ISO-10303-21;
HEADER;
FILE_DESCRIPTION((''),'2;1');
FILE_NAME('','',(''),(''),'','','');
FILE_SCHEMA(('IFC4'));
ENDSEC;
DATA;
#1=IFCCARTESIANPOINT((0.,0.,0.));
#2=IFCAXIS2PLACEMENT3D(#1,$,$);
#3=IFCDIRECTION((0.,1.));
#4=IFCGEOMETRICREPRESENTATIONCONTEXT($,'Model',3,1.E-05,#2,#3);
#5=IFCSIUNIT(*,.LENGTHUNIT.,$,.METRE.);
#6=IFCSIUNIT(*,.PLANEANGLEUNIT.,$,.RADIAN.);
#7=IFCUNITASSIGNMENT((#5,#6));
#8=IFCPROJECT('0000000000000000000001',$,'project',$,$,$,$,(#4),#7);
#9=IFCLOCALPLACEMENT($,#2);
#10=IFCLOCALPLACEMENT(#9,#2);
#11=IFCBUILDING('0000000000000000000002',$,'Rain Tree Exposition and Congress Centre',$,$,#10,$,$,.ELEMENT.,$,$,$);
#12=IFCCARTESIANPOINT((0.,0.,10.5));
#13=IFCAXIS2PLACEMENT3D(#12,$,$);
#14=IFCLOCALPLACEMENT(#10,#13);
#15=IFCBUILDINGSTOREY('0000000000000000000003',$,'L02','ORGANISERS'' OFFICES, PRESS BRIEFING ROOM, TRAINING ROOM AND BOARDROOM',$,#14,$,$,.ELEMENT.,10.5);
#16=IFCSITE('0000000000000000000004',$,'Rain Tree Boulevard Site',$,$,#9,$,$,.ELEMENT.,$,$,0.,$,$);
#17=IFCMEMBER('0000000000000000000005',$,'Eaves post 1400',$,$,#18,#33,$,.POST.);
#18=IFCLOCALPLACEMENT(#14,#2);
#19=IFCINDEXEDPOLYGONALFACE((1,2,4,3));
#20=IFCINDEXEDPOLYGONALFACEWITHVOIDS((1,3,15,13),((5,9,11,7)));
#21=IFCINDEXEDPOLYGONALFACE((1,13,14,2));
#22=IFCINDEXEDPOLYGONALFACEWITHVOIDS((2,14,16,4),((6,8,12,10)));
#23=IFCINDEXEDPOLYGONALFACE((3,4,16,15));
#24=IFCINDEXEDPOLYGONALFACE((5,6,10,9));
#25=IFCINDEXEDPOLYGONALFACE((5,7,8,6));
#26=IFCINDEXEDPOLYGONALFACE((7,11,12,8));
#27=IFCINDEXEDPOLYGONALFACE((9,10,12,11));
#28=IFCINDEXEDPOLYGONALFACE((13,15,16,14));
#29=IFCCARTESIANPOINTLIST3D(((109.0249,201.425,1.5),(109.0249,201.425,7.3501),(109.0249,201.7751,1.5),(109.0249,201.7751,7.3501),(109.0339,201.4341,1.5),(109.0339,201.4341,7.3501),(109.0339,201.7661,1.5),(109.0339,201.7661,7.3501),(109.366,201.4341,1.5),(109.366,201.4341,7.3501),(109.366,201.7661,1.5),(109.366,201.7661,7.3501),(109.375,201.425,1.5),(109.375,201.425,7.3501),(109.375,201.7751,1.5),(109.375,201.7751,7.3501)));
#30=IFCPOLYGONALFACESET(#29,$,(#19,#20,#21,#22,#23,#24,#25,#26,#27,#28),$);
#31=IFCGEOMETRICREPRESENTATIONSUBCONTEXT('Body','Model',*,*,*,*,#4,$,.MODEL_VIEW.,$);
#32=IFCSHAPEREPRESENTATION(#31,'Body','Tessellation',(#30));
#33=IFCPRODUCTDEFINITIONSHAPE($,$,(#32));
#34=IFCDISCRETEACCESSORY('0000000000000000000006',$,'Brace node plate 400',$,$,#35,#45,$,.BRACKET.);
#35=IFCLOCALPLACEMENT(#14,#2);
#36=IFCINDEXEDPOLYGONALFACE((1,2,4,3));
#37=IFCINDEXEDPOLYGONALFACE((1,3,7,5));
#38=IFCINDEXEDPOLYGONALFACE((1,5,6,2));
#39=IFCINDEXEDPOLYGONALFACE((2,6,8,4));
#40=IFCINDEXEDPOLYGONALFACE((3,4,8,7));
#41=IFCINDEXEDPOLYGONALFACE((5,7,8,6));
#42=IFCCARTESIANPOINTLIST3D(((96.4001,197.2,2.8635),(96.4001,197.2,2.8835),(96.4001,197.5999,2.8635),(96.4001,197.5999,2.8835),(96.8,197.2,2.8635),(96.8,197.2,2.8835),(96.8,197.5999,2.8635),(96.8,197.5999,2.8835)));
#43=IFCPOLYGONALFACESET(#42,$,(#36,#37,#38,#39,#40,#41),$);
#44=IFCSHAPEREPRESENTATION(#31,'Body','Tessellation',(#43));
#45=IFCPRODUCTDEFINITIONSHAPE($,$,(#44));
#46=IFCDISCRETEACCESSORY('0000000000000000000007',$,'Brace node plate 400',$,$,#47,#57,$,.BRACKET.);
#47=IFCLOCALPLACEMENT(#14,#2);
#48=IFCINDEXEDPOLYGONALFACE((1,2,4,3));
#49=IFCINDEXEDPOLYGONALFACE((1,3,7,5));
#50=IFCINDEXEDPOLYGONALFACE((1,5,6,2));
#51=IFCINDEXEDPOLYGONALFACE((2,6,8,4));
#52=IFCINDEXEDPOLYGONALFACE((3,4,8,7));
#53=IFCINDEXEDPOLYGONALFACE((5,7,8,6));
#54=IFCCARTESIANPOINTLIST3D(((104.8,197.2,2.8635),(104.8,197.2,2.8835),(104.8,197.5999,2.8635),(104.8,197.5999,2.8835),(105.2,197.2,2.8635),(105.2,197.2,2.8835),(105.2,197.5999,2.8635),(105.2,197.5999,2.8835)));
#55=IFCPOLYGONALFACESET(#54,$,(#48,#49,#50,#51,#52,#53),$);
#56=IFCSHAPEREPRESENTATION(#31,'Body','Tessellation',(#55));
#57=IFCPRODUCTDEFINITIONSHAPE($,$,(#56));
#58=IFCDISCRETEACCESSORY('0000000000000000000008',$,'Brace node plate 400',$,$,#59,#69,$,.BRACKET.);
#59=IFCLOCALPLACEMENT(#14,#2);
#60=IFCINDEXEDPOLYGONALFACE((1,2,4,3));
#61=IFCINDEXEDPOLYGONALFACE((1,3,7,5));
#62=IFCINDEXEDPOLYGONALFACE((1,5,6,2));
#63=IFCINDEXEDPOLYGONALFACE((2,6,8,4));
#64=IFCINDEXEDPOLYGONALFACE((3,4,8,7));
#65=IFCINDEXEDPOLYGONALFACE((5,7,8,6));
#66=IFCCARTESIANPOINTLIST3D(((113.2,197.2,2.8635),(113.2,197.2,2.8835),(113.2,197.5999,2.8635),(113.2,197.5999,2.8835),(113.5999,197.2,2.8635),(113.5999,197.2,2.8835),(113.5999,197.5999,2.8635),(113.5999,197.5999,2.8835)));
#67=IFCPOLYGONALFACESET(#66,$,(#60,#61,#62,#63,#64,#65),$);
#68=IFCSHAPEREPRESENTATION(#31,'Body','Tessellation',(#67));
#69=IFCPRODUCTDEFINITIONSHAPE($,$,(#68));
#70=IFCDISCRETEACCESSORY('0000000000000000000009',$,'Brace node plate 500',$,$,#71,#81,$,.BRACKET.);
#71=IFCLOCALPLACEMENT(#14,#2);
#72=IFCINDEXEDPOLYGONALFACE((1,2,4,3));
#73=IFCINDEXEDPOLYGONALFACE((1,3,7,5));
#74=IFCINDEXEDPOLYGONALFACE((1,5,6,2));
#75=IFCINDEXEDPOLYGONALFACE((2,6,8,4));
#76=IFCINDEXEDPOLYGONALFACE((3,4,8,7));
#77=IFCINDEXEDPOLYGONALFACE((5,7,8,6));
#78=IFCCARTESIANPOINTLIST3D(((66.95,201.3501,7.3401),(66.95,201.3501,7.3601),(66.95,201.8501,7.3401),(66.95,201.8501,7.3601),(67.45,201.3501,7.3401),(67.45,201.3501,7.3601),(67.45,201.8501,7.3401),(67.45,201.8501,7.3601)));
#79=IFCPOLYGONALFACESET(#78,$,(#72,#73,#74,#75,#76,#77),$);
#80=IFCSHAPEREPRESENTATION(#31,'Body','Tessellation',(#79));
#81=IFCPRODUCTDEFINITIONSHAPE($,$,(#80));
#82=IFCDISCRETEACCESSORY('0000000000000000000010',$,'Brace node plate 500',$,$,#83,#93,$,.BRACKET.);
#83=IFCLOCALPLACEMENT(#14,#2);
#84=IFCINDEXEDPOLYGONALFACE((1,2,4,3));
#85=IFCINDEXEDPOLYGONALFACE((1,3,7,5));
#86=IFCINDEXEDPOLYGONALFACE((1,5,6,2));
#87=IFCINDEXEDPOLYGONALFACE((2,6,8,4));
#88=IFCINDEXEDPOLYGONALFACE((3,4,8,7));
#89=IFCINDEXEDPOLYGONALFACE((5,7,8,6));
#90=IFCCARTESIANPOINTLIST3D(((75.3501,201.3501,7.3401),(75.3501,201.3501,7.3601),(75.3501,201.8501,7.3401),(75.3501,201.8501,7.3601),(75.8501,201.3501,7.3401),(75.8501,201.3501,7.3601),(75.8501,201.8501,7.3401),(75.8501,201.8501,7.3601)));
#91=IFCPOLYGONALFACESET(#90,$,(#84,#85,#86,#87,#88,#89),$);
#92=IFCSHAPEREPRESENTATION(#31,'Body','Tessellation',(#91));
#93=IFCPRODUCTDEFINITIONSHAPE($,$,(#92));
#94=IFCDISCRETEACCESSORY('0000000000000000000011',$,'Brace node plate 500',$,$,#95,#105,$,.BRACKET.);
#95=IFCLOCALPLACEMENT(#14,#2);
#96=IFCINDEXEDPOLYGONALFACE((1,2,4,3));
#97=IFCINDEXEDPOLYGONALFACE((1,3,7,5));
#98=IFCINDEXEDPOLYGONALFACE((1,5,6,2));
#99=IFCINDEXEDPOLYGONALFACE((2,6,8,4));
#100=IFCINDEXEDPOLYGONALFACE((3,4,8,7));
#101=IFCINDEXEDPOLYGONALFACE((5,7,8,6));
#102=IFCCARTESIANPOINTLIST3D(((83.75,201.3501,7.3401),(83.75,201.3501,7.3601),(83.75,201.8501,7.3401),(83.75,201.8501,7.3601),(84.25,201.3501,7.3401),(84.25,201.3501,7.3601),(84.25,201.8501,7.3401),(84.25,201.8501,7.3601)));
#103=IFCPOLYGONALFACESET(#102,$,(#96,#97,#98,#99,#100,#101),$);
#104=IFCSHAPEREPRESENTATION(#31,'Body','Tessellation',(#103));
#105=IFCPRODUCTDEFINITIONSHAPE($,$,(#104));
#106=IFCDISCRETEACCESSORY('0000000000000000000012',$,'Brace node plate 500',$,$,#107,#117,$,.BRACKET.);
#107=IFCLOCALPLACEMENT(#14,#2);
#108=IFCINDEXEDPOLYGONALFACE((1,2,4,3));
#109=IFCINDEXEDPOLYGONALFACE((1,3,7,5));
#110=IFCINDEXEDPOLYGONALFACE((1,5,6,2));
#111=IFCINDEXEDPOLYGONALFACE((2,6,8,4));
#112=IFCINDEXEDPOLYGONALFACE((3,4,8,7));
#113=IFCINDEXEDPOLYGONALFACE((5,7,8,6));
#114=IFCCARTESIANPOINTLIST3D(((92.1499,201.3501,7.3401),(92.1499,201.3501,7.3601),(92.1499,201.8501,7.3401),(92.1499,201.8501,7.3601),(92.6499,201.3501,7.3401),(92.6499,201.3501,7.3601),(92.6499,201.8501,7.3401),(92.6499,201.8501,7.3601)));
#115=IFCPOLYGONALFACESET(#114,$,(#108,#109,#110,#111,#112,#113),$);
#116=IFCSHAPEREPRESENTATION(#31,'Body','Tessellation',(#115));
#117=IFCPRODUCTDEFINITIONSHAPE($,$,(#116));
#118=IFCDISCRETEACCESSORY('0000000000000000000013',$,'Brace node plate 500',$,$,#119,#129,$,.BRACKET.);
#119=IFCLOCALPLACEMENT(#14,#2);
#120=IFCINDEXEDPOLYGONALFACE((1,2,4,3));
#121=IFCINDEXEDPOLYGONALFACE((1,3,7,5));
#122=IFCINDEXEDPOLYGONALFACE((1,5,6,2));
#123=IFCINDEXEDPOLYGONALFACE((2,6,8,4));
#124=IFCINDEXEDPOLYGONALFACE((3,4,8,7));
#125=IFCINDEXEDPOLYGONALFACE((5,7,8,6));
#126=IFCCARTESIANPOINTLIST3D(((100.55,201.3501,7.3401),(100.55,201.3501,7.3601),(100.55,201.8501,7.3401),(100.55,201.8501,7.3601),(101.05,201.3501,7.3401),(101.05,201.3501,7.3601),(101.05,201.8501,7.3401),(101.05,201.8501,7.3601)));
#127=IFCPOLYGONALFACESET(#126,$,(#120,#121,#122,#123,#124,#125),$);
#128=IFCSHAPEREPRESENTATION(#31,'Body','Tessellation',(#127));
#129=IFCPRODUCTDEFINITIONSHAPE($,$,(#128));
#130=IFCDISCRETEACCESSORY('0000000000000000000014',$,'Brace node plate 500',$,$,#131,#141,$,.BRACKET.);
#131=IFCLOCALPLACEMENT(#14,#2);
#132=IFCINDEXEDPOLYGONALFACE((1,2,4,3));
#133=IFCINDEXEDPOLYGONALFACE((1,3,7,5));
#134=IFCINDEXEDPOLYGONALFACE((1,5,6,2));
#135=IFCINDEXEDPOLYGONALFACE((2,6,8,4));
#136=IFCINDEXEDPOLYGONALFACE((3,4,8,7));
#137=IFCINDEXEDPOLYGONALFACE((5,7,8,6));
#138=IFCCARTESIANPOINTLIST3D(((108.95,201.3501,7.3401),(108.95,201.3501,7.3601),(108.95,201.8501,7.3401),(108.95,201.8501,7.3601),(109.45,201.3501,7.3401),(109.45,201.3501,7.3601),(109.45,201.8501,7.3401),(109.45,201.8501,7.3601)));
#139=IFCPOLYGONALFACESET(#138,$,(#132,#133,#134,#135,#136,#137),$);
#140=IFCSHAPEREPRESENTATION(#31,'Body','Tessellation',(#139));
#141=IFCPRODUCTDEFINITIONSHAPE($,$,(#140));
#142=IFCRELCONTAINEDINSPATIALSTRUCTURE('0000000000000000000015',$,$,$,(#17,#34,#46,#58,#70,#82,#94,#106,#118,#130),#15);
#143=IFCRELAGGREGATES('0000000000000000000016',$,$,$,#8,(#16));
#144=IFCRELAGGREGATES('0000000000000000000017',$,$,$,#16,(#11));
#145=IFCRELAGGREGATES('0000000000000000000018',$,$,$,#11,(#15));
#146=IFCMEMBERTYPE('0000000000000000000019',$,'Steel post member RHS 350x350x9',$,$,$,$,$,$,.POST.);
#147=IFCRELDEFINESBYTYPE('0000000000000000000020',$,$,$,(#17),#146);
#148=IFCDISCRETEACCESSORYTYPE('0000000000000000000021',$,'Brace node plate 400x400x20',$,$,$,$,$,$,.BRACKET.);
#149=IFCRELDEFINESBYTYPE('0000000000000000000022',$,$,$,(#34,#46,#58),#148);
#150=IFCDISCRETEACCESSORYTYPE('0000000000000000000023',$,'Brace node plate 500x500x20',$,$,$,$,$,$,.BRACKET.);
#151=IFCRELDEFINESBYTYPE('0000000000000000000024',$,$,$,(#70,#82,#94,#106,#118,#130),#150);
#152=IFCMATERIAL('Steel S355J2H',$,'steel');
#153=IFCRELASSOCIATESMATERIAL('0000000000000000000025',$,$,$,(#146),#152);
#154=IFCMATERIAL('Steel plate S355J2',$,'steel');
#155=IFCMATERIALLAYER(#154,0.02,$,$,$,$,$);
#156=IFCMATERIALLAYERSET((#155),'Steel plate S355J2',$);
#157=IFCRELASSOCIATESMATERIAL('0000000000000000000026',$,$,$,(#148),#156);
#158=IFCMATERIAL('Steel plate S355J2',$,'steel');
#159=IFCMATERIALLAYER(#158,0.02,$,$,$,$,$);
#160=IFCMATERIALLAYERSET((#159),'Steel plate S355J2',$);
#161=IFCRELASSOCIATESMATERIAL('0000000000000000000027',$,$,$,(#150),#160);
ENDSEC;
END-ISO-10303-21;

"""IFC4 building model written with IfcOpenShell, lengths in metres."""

from ifc_helpers import new_model, si_unit, direction, frame, origin, origin_2d, place, context, subcontext, project, spatial, rectangle, hollow_rectangle, extrude, material, layer, layer_set, material_profile, profile_set, type_object, element, save


model = new_model("IFC4")

# Units and contexts
model_context = context("Model", 3, precision=1e-05, world=origin(), true_north=direction((0.0, 1.0)))
body_context = subcontext(model_context, "Body", "Model", "MODEL_VIEW")
ifc_project = project(units=[si_unit("LENGTHUNIT", "METRE"), si_unit("PLANEANGLEUNIT", "RADIAN")], contexts=[model_context])

# Site, building, storey
site_placement = place(None, origin())
site = spatial("IfcSite", under=ifc_project, at=site_placement, Name="Rain Tree Boulevard Site", CompositionType="ELEMENT", RefElevation=0.0)
building_placement = place(site_placement, origin())
building = spatial("IfcBuilding", under=site, at=building_placement, Name="Rain Tree Exposition and Congress Centre", CompositionType="ELEMENT")
storey_placement = place(building_placement, frame((0.0, 0.0, 10.5)))
storey = spatial("IfcBuildingStorey", under=building, at=storey_placement, Name="L02", Description="ORGANISERS' OFFICES, PRESS BRIEFING ROOM, TRAINING ROOM AND BOARDROOM", CompositionType="ELEMENT", Elevation=10.5)

# Member
ifc_material_1 = material(Name="Steel S355J2H", Category="steel")
ifc_material_profile_1 = material_profile(ifc_material_1, hollow_rectangle(XDim=0.3501, YDim=0.3501, WallThickness=0.009, at=origin_2d()), Name="RHS 350x350x9")
ifc_profile_set_1 = profile_set([ifc_material_profile_1], Name="Steel S355J2H")
member_type_1 = type_object("IfcMemberType", Name="Steel post member RHS 350x350x9", PredefinedType="POST", material=ifc_profile_set_1)
for number, where, z_axis, x_axis, name in (
    (1, (109.2, 201.6001, 1.5), (0.0, 0.0, 1.0), (1.0, 0.0, 0.0), "Eaves post 1400"),
):
    element("IfcMember", number, at=place(storey_placement, frame(where, z_axis=z_axis, x_axis=x_axis)), inside=storey, type_object=member_type_1, Name=name, PredefinedType="POST", context=body_context, shape_type="SweptSolid", body=[
        extrude(hollow_rectangle(XDim=0.3501, YDim=0.3501, WallThickness=0.009, at=origin_2d()), origin(), (0.0, 0.0, 1.0), 5.8501),
    ])

# Discrete accessories
ifc_material_2 = material(Name="Steel plate S355J2", Category="steel")
ifc_layer_1 = layer(ifc_material_2, 0.02)
ifc_layer_set_1 = layer_set([ifc_layer_1], Name="Steel plate S355J2")
discrete_accessory_type_1 = type_object("IfcDiscreteAccessoryType", Name="Brace node plate 400x400x20", PredefinedType="BRACKET", material=ifc_layer_set_1)
for number, where, z_axis, x_axis, name in (
    (2, (96.6001, 197.3999, 2.8635), (0.0, 0.0, 1.0), (1.0, 0.0, 0.0), "Brace node plate 400"),
    (3, (105.0, 197.3999, 2.8635), (0.0, 0.0, 1.0), (1.0, 0.0, 0.0), "Brace node plate 400"),
    (4, (113.3999, 197.3999, 2.8635), (0.0, 0.0, 1.0), (1.0, 0.0, 0.0), "Brace node plate 400"),
):
    element("IfcDiscreteAccessory", number, at=place(storey_placement, frame(where, z_axis=z_axis, x_axis=x_axis)), inside=storey, type_object=discrete_accessory_type_1, Name=name, PredefinedType="BRACKET", context=body_context, shape_type="SweptSolid", body=[
        extrude(rectangle(XDim=0.3999, YDim=0.3999, at=origin_2d()), origin(), (0.0, 0.0, 1.0), 0.02),
    ])
ifc_material_3 = material(Name="Steel plate S355J2", Category="steel")
ifc_layer_2 = layer(ifc_material_3, 0.02)
ifc_layer_set_2 = layer_set([ifc_layer_2], Name="Steel plate S355J2")
discrete_accessory_type_2 = type_object("IfcDiscreteAccessoryType", Name="Brace node plate 500x500x20", PredefinedType="BRACKET", material=ifc_layer_set_2)
for number, where, z_axis, x_axis, name in (
    (5, (67.2, 201.6001, 7.3401), (0.0, 0.0, 1.0), (1.0, 0.0, 0.0), "Brace node plate 500"),
    (6, (75.6001, 201.6001, 7.3401), (0.0, 0.0, 1.0), (1.0, 0.0, 0.0), "Brace node plate 500"),
    (7, (84.0, 201.6001, 7.3401), (0.0, 0.0, 1.0), (1.0, 0.0, 0.0), "Brace node plate 500"),
    (8, (92.3999, 201.6001, 7.3401), (0.0, 0.0, 1.0), (1.0, 0.0, 0.0), "Brace node plate 500"),
    (9, (100.8, 201.6001, 7.3401), (0.0, 0.0, 1.0), (1.0, 0.0, 0.0), "Brace node plate 500"),
    (10, (109.2, 201.6001, 7.3401), (0.0, 0.0, 1.0), (1.0, 0.0, 0.0), "Brace node plate 500"),
):
    element("IfcDiscreteAccessory", number, at=place(storey_placement, frame(where, z_axis=z_axis, x_axis=x_axis)), inside=storey, type_object=discrete_accessory_type_2, Name=name, PredefinedType="BRACKET", context=body_context, shape_type="SweptSolid", body=[
        extrude(rectangle(XDim=0.5, YDim=0.5, at=origin_2d()), origin(), (0.0, 0.0, 1.0), 0.02),
    ])

save(model, "model.ifc")
